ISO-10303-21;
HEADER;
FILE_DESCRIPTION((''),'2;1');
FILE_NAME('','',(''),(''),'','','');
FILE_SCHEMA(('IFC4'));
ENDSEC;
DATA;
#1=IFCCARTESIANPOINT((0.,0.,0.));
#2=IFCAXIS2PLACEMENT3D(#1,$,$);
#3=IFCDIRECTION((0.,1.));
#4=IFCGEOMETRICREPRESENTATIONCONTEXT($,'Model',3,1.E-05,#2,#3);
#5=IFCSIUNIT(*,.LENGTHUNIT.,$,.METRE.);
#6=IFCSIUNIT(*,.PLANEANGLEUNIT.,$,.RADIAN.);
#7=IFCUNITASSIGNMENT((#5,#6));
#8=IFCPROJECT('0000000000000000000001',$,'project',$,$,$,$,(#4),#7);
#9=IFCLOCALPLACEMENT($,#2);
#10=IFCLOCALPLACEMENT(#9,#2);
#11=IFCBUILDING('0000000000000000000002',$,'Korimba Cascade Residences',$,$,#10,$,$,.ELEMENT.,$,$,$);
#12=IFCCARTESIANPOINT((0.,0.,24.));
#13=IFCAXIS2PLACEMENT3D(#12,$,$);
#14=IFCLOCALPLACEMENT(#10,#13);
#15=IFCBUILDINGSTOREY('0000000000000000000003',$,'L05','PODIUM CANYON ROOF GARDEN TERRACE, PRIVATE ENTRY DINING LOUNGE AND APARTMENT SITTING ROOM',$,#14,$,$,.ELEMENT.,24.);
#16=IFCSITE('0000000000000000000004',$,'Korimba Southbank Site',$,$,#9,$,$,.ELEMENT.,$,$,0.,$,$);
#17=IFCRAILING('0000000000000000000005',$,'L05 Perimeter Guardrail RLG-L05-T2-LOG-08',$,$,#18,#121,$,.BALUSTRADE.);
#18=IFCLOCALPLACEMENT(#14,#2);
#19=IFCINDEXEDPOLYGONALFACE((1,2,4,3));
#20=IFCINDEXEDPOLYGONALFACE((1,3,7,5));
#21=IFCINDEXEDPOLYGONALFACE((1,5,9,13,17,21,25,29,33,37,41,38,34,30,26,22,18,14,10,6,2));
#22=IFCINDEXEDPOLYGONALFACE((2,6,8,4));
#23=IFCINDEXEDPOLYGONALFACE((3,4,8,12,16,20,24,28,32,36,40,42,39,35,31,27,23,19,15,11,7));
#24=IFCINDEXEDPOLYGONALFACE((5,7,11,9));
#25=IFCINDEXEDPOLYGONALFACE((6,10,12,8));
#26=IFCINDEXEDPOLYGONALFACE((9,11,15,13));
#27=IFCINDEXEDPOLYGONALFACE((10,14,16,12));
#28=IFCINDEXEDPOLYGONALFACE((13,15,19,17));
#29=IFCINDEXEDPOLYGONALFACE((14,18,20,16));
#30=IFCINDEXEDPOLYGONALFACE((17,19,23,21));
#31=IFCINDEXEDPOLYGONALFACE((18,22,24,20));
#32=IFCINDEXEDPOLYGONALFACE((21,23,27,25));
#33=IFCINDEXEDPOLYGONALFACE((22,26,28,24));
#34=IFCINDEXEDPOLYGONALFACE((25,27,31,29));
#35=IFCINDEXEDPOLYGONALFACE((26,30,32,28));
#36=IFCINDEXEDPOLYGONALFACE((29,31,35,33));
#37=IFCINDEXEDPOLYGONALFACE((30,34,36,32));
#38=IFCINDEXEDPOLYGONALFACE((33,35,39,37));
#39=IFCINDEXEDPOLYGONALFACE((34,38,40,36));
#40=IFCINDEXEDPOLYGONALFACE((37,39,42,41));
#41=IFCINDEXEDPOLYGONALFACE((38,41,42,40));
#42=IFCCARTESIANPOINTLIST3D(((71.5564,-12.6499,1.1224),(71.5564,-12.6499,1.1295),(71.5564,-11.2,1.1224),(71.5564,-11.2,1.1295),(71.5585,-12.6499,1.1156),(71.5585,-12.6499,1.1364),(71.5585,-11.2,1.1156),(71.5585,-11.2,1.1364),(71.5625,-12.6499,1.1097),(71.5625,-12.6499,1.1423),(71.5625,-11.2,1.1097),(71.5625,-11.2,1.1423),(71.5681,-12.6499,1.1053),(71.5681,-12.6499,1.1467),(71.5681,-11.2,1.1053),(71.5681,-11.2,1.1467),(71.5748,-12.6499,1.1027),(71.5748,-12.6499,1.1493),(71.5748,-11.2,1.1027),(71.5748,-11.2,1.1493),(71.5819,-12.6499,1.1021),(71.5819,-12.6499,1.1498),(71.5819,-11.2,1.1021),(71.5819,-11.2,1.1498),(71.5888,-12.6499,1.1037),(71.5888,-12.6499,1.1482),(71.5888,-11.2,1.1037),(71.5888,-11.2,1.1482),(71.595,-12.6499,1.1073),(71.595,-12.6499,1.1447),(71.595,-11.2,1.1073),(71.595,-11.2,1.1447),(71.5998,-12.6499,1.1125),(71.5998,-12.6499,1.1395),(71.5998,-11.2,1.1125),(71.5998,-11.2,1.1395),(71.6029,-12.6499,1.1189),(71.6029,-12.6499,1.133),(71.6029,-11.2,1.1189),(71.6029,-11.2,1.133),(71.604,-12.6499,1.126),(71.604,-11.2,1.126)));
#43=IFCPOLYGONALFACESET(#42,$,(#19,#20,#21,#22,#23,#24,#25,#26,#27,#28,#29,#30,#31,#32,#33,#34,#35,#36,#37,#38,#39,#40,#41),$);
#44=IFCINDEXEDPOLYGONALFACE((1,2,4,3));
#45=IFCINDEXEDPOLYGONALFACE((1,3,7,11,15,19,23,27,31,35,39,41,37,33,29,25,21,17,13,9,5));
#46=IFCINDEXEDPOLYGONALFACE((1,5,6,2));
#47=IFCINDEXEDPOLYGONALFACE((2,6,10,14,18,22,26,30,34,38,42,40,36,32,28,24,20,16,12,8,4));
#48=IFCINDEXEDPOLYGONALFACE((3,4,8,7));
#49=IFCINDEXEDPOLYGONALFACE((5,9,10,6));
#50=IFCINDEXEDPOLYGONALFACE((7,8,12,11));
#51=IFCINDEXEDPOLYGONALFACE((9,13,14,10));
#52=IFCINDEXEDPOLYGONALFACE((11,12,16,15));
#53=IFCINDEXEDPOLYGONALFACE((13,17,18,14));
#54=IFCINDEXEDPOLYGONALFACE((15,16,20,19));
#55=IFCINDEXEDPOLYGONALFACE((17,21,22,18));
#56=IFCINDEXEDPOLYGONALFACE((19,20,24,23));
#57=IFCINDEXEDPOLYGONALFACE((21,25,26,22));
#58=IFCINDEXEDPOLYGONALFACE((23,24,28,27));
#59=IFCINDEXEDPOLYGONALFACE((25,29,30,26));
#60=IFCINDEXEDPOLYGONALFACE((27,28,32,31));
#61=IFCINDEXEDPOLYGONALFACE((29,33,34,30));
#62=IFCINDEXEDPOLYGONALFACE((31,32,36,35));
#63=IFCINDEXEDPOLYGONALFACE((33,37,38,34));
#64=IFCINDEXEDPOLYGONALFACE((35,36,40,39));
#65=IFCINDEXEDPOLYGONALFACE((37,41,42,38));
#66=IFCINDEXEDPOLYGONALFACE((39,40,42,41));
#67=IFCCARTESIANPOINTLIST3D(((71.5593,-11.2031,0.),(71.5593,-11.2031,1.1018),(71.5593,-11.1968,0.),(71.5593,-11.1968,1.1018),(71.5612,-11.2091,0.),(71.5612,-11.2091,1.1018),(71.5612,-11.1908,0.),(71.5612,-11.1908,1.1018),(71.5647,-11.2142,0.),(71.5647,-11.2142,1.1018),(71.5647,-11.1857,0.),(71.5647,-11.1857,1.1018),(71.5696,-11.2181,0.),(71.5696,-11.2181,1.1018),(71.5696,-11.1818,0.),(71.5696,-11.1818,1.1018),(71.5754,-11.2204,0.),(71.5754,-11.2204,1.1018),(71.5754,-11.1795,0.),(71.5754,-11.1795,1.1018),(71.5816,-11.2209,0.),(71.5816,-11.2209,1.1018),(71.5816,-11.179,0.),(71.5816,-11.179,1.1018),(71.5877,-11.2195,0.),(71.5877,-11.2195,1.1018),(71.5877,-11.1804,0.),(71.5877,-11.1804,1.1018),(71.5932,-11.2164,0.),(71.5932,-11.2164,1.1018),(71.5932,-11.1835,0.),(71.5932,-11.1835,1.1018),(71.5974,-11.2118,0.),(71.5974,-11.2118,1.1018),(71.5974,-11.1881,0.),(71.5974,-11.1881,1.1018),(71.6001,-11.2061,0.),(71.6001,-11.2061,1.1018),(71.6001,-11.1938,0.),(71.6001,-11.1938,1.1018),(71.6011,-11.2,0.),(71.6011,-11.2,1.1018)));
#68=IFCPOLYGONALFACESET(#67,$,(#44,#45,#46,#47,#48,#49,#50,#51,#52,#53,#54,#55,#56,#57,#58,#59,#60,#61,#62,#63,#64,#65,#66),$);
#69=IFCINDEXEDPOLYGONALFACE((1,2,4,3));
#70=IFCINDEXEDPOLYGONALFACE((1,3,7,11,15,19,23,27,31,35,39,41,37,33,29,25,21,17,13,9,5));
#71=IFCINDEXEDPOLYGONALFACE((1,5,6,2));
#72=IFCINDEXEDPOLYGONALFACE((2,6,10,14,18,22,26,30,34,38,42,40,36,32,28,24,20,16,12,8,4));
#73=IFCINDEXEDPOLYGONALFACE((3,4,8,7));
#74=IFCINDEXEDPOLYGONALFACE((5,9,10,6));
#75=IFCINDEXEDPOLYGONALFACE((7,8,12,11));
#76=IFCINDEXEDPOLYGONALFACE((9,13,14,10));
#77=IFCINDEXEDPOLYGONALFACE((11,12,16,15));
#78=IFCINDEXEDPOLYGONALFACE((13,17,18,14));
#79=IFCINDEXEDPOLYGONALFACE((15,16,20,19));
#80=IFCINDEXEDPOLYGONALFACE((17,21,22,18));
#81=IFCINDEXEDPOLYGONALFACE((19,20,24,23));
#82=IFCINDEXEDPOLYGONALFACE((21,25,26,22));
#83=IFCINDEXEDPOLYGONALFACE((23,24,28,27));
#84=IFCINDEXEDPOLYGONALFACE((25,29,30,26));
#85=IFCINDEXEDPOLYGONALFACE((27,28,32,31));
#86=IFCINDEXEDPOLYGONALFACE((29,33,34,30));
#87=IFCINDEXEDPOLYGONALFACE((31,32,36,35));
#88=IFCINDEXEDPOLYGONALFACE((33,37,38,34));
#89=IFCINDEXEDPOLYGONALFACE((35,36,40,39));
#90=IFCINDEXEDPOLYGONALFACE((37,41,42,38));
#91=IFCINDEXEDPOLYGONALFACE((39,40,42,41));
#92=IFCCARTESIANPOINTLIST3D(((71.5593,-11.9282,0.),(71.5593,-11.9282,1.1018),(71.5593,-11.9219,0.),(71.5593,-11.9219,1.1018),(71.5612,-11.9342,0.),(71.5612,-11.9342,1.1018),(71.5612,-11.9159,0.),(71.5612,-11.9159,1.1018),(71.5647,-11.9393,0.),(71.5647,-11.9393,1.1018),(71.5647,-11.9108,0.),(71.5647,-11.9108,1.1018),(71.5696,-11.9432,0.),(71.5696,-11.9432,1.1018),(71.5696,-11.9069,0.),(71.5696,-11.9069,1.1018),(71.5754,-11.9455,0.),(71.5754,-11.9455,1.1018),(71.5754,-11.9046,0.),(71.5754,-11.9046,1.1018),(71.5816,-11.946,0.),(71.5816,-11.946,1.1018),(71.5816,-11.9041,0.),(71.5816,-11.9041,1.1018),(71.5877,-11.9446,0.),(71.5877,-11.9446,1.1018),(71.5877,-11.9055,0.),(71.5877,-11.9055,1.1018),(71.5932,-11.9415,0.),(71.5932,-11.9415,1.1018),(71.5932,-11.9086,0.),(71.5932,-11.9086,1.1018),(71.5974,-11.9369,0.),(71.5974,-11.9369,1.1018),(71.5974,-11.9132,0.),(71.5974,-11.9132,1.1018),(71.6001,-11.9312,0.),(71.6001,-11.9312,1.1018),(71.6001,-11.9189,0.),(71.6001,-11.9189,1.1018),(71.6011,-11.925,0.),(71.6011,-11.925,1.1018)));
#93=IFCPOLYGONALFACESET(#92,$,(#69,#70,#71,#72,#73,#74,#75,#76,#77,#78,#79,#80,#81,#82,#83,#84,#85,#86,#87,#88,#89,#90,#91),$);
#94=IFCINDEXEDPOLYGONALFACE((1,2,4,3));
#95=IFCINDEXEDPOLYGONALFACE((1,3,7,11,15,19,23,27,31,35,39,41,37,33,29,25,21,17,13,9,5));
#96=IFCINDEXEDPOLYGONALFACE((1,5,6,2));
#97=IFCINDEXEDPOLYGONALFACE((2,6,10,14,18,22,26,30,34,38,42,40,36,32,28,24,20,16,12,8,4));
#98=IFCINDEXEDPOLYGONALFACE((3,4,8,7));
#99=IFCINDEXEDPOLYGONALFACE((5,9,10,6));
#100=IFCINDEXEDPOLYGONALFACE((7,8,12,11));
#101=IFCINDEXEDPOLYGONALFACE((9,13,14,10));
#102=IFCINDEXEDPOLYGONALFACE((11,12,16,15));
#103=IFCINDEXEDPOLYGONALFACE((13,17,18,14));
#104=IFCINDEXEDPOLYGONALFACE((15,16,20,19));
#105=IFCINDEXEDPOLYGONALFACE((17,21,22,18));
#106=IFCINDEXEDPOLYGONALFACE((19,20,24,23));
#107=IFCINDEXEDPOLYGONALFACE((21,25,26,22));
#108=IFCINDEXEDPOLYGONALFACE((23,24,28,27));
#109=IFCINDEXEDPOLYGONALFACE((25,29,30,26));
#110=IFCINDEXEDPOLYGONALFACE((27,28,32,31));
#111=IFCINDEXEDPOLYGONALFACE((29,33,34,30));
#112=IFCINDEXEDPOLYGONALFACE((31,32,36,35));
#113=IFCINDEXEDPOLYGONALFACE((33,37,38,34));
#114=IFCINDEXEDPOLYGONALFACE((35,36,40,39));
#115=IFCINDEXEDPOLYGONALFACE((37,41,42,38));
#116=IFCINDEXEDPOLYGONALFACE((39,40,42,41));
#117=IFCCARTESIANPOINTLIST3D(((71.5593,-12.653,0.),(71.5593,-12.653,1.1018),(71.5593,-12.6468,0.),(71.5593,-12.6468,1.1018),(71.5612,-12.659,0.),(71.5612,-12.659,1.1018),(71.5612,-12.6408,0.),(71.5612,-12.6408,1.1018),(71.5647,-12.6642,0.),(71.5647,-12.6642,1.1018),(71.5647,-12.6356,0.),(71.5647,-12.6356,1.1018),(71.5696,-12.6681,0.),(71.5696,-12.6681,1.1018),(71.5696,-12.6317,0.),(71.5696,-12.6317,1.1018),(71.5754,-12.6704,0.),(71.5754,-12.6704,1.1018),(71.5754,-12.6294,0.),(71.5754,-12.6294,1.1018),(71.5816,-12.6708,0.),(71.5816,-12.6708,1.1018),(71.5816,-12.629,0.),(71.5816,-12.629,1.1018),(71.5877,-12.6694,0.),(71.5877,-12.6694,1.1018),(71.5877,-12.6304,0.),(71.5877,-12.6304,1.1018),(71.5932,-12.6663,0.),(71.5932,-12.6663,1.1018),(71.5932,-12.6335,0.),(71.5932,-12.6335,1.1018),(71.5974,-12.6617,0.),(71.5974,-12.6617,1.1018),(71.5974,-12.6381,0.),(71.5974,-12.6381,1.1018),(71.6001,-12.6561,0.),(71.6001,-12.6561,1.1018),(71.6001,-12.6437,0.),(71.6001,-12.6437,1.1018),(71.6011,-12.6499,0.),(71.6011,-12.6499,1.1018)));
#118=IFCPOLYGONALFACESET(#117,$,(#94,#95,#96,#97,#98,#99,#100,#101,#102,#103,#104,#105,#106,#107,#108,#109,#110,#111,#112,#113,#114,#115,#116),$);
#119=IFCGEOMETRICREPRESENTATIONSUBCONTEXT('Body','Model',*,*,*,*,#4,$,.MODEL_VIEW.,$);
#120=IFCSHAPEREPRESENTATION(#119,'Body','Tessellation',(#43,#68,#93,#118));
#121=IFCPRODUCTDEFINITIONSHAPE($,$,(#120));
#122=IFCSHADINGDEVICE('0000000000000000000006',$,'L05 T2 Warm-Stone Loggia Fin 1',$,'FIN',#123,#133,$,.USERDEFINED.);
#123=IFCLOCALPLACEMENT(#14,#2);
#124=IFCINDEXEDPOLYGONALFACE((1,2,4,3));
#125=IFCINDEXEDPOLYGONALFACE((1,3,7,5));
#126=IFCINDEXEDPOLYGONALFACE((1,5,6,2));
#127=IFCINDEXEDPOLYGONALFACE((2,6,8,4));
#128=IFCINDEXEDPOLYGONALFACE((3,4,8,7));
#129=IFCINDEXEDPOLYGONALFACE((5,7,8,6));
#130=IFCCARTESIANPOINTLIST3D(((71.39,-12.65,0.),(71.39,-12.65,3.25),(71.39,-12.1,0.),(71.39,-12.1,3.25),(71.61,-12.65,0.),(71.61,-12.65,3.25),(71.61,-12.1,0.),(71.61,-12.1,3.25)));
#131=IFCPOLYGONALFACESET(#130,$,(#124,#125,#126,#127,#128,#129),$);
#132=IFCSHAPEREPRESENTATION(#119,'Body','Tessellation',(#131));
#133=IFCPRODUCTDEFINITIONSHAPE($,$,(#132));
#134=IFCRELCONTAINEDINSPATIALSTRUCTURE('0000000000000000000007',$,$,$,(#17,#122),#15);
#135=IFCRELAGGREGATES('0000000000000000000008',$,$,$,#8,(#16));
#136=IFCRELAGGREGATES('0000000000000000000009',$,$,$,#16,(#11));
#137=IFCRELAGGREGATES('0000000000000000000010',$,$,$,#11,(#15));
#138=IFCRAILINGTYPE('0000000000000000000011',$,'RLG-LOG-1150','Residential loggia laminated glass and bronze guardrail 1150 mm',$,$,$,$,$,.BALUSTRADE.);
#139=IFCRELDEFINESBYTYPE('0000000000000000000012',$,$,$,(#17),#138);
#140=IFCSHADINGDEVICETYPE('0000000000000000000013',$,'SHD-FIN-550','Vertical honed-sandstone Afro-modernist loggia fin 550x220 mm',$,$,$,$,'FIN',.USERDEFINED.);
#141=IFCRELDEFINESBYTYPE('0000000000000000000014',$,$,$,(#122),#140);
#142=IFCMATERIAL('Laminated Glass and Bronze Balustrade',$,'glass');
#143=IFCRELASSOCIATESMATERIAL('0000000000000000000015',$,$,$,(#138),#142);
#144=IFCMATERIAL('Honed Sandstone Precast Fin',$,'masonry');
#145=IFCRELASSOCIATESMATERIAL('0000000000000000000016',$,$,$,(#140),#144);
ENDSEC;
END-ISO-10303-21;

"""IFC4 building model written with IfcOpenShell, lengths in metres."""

from ifc_helpers import new_model, si_unit, direction, frame, origin, origin_2d, place, context, subcontext, project, spatial, rectangle, circle, extrude, material, type_object, element, save


model = new_model("IFC4")

# Units and contexts
model_context = context("Model", 3, precision=1e-05, world=origin(), true_north=direction((0.0, 1.0)))
body_context = subcontext(model_context, "Body", "Model", "MODEL_VIEW")
ifc_project = project(units=[si_unit("LENGTHUNIT", "METRE"), si_unit("PLANEANGLEUNIT", "RADIAN")], contexts=[model_context])

# Site, building, storey
site_placement = place(None, origin())
site = spatial("IfcSite", under=ifc_project, at=site_placement, Name="Korimba Southbank Site", CompositionType="ELEMENT", RefElevation=0.0)
building_placement = place(site_placement, origin())
building = spatial("IfcBuilding", under=site, at=building_placement, Name="Korimba Cascade Residences", CompositionType="ELEMENT")
storey_placement = place(building_placement, frame((0.0, 0.0, 24.0)))
storey = spatial("IfcBuildingStorey", under=building, at=storey_placement, Name="L05", Description="PODIUM CANYON ROOF GARDEN TERRACE, PRIVATE ENTRY DINING LOUNGE AND APARTMENT SITTING ROOM", CompositionType="ELEMENT", Elevation=24.0)

# Railing
ifc_material_1 = material(Name="Laminated Glass and Bronze Balustrade", Category="glass")
railing_type = type_object("IfcRailingType", Name="RLG-LOG-1150", Description="Residential loggia laminated glass and bronze guardrail 1150 mm", PredefinedType="BALUSTRADE", material=ifc_material_1)
railing_1_placement = place(storey_placement, frame((71.5801, -11.2, 0.0)))
element("IfcRailing", 1, at=railing_1_placement, inside=storey, type_object=railing_type, Name="L05 Perimeter Guardrail RLG-L05-T2-LOG-08", PredefinedType="BALUSTRADE", context=body_context, shape_type="SweptSolid", body=[
    extrude(circle(Radius=0.0239, at=origin_2d()), frame((0.0, 0.0, 1.126), z_axis=(0.0, -1.0, 0.0), x_axis=(1.0, 0.0, 0.0)), (0.0, 0.0, 1.0), 1.45),
    extrude(circle(Radius=0.021, at=origin_2d()), origin(), (0.0, 0.0, 1.0), 1.1018),
    extrude(circle(Radius=0.021, at=origin_2d()), frame((0.0, -0.7251, 0.0)), (0.0, 0.0, 1.0), 1.1018),
    extrude(circle(Radius=0.021, at=origin_2d()), frame((0.0, -1.45, 0.0)), (0.0, 0.0, 1.0), 1.1018),
])

# Shading device
ifc_material_2 = material(Name="Honed Sandstone Precast Fin", Category="masonry")
shading_device_type = type_object("IfcShadingDeviceType", Name="SHD-FIN-550", Description="Vertical honed-sandstone Afro-modernist loggia fin 550x220 mm", ElementType="FIN", PredefinedType="USERDEFINED", material=ifc_material_2)
shading_device_placement = place(storey_placement, frame((71.5, -12.375, 0.0), z_axis=(0.0, 0.0, 1.0), x_axis=(1.0, 0.0, 0.0)))
element("IfcShadingDevice", 2, at=shading_device_placement, inside=storey, type_object=shading_device_type, Name="L05 T2 Warm-Stone Loggia Fin 1", ObjectType="FIN", PredefinedType="USERDEFINED", context=body_context, shape_type="SweptSolid", body=[
    extrude(rectangle(XDim=0.22, YDim=0.55, at=origin_2d()), origin(), (0.0, 0.0, 1.0), 3.25),
])

save(model, "model.ifc")
